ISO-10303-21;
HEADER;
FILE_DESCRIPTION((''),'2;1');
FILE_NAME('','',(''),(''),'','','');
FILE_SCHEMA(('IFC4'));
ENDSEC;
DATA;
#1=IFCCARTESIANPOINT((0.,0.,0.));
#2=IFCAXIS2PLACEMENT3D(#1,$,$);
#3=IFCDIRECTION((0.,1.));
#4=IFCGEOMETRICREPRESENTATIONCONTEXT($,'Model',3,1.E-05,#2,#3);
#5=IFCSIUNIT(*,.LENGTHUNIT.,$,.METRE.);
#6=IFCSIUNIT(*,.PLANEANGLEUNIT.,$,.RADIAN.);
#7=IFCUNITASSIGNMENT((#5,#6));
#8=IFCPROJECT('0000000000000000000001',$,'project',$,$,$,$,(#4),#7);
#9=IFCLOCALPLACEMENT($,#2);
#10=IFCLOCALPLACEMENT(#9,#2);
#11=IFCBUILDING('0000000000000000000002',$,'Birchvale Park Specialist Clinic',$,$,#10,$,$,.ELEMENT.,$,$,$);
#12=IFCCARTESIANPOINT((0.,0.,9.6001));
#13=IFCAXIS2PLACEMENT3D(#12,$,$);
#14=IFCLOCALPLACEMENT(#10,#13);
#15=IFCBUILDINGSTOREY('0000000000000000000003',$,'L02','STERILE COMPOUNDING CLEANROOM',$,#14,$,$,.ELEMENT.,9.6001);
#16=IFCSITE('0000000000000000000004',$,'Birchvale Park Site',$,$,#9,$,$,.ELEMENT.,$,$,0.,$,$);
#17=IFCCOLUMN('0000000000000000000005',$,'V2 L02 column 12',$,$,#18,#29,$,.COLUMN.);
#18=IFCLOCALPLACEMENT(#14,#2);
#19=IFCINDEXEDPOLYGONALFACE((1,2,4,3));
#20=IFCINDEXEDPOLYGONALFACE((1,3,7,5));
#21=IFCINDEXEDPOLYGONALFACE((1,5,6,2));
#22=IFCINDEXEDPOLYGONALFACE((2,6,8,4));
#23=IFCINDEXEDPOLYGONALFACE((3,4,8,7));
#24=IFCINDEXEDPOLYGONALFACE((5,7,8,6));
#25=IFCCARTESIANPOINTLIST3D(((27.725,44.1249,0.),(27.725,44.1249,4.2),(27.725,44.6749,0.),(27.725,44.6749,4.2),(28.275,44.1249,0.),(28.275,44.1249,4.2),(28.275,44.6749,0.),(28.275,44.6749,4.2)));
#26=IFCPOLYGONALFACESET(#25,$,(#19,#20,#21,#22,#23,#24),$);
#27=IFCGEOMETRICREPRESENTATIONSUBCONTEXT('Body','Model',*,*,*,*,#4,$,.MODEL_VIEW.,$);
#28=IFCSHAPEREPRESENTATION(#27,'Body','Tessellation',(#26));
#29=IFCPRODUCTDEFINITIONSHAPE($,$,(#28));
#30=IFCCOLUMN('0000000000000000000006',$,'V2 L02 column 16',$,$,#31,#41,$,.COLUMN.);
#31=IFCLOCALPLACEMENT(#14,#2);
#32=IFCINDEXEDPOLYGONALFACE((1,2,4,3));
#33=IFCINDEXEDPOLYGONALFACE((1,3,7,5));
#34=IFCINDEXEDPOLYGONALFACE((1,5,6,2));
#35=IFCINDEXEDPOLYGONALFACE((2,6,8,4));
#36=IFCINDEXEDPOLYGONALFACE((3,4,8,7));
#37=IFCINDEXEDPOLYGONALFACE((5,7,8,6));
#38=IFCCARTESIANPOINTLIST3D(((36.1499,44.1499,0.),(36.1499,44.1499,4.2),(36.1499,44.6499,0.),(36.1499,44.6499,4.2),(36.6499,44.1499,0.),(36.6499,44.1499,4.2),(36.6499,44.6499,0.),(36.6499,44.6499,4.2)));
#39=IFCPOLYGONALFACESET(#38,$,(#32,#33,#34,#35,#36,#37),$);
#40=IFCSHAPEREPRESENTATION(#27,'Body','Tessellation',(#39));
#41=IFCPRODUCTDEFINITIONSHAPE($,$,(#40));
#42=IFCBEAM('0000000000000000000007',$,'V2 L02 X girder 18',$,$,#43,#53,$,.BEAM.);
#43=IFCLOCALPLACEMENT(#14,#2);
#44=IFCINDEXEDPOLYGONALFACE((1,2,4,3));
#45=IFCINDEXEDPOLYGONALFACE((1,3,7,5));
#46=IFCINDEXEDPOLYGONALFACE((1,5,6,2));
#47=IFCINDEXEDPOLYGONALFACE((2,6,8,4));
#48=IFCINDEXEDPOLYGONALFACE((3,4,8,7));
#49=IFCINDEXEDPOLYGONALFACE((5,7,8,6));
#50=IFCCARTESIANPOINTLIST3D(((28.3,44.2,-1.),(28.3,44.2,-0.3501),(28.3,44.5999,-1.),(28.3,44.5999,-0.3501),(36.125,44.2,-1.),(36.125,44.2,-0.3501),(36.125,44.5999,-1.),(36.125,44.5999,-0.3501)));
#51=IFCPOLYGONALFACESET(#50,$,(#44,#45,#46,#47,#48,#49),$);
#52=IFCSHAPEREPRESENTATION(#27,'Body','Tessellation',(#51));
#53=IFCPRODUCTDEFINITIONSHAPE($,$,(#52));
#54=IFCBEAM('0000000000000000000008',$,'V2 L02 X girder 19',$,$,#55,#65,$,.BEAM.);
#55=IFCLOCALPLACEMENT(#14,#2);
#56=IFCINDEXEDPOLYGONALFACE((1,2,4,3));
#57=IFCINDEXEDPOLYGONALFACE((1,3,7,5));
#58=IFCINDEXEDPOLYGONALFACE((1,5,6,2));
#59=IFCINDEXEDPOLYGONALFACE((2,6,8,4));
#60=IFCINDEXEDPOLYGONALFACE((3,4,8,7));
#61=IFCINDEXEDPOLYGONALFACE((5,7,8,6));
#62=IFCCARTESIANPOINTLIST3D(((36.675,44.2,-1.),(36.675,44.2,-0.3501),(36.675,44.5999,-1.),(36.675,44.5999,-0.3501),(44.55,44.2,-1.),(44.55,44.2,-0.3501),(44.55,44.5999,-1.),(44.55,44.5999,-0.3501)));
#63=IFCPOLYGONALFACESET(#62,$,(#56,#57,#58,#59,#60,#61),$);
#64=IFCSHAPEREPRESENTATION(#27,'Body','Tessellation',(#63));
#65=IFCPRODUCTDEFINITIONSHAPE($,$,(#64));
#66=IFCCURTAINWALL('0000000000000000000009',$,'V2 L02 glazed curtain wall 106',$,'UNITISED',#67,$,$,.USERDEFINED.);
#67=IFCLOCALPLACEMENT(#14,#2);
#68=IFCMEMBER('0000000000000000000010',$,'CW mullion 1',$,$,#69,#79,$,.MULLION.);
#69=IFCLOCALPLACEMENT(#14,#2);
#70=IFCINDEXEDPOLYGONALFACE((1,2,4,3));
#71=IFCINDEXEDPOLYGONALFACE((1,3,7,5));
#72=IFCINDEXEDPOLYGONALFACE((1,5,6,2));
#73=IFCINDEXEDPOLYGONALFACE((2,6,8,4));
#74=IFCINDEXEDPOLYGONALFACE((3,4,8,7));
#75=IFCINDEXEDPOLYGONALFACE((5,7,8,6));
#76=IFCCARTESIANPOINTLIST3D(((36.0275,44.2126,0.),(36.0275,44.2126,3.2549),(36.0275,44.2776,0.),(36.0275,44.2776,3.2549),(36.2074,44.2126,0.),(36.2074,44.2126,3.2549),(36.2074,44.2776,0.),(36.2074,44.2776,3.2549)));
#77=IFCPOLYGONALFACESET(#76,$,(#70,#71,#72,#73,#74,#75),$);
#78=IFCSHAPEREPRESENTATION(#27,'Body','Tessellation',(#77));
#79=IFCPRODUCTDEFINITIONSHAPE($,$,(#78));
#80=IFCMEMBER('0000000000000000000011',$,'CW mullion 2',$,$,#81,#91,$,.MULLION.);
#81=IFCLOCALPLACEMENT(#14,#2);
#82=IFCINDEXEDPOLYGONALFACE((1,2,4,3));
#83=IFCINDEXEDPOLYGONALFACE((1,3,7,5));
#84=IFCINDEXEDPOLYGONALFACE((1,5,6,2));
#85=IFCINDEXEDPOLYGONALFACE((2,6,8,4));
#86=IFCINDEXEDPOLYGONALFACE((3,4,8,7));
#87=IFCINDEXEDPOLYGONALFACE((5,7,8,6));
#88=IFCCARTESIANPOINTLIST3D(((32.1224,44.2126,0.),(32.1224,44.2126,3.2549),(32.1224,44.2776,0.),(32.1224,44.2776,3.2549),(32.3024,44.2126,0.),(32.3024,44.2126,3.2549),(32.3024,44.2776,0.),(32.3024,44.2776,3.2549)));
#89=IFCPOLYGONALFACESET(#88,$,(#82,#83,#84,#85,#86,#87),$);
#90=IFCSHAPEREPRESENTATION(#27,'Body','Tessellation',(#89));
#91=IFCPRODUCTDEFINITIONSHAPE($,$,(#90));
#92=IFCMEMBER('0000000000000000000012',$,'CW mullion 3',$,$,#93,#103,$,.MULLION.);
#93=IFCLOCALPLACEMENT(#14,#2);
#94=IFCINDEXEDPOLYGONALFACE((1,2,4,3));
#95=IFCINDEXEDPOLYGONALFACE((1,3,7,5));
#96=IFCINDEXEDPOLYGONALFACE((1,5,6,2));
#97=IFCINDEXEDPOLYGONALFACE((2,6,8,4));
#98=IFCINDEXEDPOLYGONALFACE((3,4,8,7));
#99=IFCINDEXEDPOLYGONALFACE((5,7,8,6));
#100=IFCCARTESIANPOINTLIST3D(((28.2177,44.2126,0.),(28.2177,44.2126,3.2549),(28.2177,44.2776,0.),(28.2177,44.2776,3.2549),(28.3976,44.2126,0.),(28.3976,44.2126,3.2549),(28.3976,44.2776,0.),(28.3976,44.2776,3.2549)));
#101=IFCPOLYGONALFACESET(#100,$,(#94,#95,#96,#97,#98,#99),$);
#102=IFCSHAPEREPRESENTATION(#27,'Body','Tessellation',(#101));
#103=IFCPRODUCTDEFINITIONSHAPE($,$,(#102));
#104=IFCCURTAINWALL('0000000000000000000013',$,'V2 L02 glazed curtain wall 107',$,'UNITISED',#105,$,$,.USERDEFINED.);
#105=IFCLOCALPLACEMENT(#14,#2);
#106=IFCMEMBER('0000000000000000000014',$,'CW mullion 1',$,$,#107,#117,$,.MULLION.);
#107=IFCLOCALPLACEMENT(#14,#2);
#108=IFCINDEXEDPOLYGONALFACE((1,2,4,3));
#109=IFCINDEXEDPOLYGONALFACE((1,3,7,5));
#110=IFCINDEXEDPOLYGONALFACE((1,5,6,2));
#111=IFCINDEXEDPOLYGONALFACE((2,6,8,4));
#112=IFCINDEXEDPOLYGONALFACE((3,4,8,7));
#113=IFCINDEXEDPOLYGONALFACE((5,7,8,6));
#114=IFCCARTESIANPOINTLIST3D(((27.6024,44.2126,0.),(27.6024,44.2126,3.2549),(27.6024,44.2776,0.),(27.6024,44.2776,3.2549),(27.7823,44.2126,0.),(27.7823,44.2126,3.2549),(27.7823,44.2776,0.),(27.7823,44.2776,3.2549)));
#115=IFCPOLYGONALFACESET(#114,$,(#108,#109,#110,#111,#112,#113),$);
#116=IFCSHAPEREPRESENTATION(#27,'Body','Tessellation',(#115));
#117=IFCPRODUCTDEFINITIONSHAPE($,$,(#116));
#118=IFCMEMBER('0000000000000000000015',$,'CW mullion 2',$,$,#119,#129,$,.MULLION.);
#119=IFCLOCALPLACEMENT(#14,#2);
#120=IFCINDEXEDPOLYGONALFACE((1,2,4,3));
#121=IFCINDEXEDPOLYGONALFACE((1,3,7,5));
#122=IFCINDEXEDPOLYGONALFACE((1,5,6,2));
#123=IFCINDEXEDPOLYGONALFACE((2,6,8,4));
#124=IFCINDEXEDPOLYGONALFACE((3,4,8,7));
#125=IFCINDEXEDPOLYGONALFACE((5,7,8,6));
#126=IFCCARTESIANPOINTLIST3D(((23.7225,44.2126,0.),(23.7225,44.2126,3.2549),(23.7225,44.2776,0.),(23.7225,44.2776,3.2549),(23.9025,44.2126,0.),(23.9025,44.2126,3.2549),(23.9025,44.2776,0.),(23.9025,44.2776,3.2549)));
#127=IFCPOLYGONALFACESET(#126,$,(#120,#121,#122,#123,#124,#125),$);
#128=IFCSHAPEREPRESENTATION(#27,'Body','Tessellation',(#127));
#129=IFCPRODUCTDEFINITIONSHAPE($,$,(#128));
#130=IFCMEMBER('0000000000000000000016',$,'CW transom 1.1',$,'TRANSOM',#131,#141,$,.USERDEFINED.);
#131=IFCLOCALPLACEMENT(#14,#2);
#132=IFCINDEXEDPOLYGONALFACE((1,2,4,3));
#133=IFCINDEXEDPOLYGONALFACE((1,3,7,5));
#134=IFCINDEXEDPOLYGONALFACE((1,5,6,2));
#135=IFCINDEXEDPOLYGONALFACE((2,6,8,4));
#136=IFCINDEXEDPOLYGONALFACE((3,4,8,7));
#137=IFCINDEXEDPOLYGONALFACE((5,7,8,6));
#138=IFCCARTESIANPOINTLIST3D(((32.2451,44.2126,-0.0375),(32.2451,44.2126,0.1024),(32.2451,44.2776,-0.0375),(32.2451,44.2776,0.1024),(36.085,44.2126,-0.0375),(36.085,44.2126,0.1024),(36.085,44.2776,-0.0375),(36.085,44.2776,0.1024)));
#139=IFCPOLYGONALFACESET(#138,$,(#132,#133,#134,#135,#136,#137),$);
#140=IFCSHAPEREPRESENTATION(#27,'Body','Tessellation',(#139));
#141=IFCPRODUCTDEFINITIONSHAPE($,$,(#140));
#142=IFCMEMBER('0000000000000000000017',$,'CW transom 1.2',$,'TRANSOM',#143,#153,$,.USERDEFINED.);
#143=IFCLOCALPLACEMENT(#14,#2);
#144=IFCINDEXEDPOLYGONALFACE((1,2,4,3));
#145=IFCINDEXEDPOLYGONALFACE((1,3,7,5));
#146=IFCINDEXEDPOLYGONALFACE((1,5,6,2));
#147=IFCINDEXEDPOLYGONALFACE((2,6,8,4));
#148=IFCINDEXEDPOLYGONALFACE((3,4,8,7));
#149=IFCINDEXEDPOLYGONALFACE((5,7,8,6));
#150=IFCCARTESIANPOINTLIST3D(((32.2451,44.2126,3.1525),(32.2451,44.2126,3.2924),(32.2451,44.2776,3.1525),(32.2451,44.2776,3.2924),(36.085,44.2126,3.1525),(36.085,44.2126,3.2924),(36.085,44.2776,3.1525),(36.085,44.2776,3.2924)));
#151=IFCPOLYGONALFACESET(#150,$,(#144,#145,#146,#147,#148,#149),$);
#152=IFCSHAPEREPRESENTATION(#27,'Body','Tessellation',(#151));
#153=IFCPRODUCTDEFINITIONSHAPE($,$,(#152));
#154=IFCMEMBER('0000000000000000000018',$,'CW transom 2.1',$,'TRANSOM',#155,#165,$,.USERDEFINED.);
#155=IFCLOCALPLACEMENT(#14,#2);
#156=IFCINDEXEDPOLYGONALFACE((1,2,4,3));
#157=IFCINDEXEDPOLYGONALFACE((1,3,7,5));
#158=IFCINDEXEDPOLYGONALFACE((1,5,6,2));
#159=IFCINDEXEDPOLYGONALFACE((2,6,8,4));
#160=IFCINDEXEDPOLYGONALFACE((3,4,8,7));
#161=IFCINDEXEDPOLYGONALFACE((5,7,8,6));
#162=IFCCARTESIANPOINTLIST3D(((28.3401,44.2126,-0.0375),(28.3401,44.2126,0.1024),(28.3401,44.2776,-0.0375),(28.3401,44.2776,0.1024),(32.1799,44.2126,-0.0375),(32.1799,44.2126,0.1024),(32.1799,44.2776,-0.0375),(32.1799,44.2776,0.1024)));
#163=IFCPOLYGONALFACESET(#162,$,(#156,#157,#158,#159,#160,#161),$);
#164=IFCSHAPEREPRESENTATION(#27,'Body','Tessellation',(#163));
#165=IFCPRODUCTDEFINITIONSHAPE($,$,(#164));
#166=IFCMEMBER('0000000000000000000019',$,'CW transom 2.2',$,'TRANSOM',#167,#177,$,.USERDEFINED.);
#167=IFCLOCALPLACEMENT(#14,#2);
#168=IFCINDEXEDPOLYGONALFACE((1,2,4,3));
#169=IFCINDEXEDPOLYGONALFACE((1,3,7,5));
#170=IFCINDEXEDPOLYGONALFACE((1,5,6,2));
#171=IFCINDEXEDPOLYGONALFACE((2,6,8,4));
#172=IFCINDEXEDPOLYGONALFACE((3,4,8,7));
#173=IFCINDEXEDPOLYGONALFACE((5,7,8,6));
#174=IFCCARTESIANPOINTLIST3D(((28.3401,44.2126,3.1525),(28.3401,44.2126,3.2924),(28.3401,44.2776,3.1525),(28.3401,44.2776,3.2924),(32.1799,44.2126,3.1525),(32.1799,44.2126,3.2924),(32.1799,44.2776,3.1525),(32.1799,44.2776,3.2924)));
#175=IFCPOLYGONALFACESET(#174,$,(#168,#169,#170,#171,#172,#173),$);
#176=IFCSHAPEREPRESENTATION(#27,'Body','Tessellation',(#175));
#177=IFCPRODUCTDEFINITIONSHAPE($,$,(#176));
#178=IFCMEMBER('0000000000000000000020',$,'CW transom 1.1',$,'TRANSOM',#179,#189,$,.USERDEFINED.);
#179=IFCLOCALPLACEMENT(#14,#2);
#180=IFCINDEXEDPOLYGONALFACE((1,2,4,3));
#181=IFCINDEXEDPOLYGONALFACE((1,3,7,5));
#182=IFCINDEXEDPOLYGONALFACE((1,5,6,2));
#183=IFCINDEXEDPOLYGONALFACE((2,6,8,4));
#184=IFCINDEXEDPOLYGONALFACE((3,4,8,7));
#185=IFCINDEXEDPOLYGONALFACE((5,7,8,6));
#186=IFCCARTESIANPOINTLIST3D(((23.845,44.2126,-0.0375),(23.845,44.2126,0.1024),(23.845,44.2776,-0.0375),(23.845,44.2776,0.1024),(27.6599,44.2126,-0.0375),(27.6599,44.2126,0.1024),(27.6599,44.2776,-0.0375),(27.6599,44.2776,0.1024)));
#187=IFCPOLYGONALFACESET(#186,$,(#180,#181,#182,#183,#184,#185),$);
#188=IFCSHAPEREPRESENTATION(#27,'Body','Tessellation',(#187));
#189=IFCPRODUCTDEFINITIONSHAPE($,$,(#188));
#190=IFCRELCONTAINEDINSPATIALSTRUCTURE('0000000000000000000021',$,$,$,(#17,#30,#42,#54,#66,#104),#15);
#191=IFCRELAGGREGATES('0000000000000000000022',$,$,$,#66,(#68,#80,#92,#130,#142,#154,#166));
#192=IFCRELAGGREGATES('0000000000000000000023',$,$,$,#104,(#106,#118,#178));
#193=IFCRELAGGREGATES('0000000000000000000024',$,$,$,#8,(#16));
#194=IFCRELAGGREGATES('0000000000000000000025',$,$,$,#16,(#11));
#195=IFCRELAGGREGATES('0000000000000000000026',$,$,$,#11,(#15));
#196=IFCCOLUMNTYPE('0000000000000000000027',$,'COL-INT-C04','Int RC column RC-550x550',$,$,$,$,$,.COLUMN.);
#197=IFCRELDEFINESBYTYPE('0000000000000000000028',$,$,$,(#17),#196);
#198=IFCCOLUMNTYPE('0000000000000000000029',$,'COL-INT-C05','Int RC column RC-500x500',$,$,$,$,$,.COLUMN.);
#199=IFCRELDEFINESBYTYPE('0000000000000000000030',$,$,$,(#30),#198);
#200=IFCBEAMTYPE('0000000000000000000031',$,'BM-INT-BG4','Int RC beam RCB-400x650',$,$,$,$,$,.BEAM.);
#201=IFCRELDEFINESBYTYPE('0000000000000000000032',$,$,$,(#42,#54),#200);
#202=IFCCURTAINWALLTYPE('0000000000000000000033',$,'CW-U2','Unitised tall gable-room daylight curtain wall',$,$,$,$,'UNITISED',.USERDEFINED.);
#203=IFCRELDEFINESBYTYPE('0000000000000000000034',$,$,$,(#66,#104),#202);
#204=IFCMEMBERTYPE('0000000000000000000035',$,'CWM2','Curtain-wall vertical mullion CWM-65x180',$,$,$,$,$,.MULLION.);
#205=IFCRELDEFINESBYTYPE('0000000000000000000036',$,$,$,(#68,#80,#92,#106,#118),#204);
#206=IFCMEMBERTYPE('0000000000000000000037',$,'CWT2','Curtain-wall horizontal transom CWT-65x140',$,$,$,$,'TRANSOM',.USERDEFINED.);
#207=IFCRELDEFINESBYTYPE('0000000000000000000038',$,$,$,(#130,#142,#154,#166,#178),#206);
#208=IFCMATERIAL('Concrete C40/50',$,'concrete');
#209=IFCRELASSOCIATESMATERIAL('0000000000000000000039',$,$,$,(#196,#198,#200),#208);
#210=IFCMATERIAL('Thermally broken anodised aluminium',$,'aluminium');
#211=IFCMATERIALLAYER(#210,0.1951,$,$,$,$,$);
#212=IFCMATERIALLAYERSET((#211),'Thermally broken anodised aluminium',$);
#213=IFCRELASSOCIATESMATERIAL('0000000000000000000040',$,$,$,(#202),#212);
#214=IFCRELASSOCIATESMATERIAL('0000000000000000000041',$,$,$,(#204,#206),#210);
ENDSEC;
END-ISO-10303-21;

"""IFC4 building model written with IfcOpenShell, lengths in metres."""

from ifc_helpers import new_model, si_unit, direction, frame, origin, origin_2d, place, context, subcontext, project, spatial, rectangle, extrude, material, layer, layer_set, material_profile, profile_set, type_object, element, aggregate, save


model = new_model("IFC4")

# Units and contexts
model_context = context("Model", 3, precision=1e-05, world=origin(), true_north=direction((0.0, 1.0)))
body_context = subcontext(model_context, "Body", "Model", "MODEL_VIEW")
ifc_project = project(units=[si_unit("LENGTHUNIT", "METRE"), si_unit("PLANEANGLEUNIT", "RADIAN")], contexts=[model_context])

# Site, building, storey
site_placement = place(None, origin())
site = spatial("IfcSite", under=ifc_project, at=site_placement, Name="Birchvale Park Site", CompositionType="ELEMENT", RefElevation=0.0)
building_placement = place(site_placement, origin())
building = spatial("IfcBuilding", under=site, at=building_placement, Name="Birchvale Park Specialist Clinic", CompositionType="ELEMENT")
storey_placement = place(building_placement, frame((0.0, 0.0, 9.6001)))
storey = spatial("IfcBuildingStorey", under=building, at=storey_placement, Name="L02", Description="STERILE COMPOUNDING CLEANROOM", CompositionType="ELEMENT", Elevation=9.6001)

# Columns
ifc_material_1 = material(Name="Concrete C40/50", Category="concrete")
ifc_material_profile_1 = material_profile(ifc_material_1, rectangle(XDim=0.55, YDim=0.55, at=origin_2d()), Name="RC-550x550")
ifc_profile_set_1 = profile_set([ifc_material_profile_1], Name="Concrete C40/50")
column_type_1 = type_object("IfcColumnType", Name="COL-INT-C04", Description="Int RC column RC-550x550", PredefinedType="COLUMN", material=ifc_profile_set_1)
column_1_placement = place(storey_placement, frame((28.0, 44.3999, 0.0), z_axis=(0.0, 0.0, 1.0), x_axis=(1.0, 0.0, 0.0)))
element("IfcColumn", 1, at=column_1_placement, inside=storey, type_object=column_type_1, Name="V2 L02 column 12", PredefinedType="COLUMN", context=body_context, shape_type="SweptSolid", body=[
    extrude(rectangle(XDim=0.55, YDim=0.55, at=origin_2d()), origin(), (0.0, 0.0, 1.0), 4.2),
])
ifc_material_profile_2 = material_profile(ifc_material_1, rectangle(XDim=0.5, YDim=0.5, at=origin_2d()), Name="RC-500x500")
ifc_profile_set_2 = profile_set([ifc_material_profile_2], Name="Concrete C40/50")
column_type_2 = type_object("IfcColumnType", Name="COL-INT-C05", Description="Int RC column RC-500x500", PredefinedType="COLUMN", material=ifc_profile_set_2)
column_2_placement = place(storey_placement, frame((36.3999, 44.3999, 0.0), z_axis=(0.0, 0.0, 1.0), x_axis=(1.0, 0.0, 0.0)))
element("IfcColumn", 2, at=column_2_placement, inside=storey, type_object=column_type_2, Name="V2 L02 column 16", PredefinedType="COLUMN", context=body_context, shape_type="SweptSolid", body=[
    extrude(rectangle(XDim=0.5, YDim=0.5, at=origin_2d()), origin(), (0.0, 0.0, 1.0), 4.2),
])

# Beams
ifc_material_profile_3 = material_profile(ifc_material_1, rectangle(XDim=0.3999, YDim=0.6499, at=origin_2d()), Name="RCB-400x650")
ifc_profile_set_3 = profile_set([ifc_material_profile_3], Name="Concrete C40/50")
beam_type = type_object("IfcBeamType", Name="BM-INT-BG4", Description="Int RC beam RCB-400x650", PredefinedType="BEAM", material=ifc_profile_set_3)
beam_1_placement = place(storey_placement, frame((28.3, 44.3999, -0.675), z_axis=(1.0, 0.0, 0.0), x_axis=(0.0, 1.0, 0.0)))
element("IfcBeam", 3, at=beam_1_placement, inside=storey, type_object=beam_type, Name="V2 L02 X girder 18", PredefinedType="BEAM", context=body_context, shape_type="SweptSolid", body=[
    extrude(rectangle(XDim=0.3999, YDim=0.6499, at=origin_2d()), origin(), (0.0, 0.0, 1.0), 7.825),
])
beam_2_placement = place(storey_placement, frame((36.675, 44.3999, -0.675), z_axis=(1.0, 0.0, 0.0), x_axis=(0.0, 1.0, 0.0)))
element("IfcBeam", 4, at=beam_2_placement, inside=storey, type_object=beam_type, Name="V2 L02 X girder 19", PredefinedType="BEAM", context=body_context, shape_type="SweptSolid", body=[
    extrude(rectangle(XDim=0.3999, YDim=0.6499, at=origin_2d()), origin(), (0.0, 0.0, 1.0), 7.875),
])

# Curtain walls, members
ifc_material_2 = material(Name="Thermally broken anodised aluminium", Category="aluminium")
ifc_layer_1 = layer(ifc_material_2, 0.1951)
ifc_layer_set_1 = layer_set([ifc_layer_1], Name="Thermally broken anodised aluminium")
curtain_wall_type = type_object("IfcCurtainWallType", Name="CW-U2", Description="Unitised tall gable-room daylight curtain wall", ElementType="UNITISED", PredefinedType="USERDEFINED", material=ifc_layer_set_1)
curtain_wall_1_placement = place(storey_placement, origin())
curtain_wall_1 = element("IfcCurtainWall", 5, at=curtain_wall_1_placement, inside=storey, type_object=curtain_wall_type, Name="V2 L02 glazed curtain wall 106", ObjectType="UNITISED", PredefinedType="USERDEFINED")
ifc_material_profile_4 = material_profile(ifc_material_2, rectangle(XDim=0.0649, YDim=0.1799, at=origin_2d()), Name="CWM-65x180")
ifc_profile_set_4 = profile_set([ifc_material_profile_4], Name="Thermally broken anodised aluminium")
member_type_1 = type_object("IfcMemberType", Name="CWM2", Description="Curtain-wall vertical mullion CWM-65x180", PredefinedType="MULLION", material=ifc_profile_set_4)
member_1_placement = place(storey_placement, frame((36.1174, 44.2451, 0.0), z_axis=(0.0, 0.0, 1.0), x_axis=(0.0, -1.0, 0.0)))
member_1 = element("IfcMember", 6, at=member_1_placement, type_object=member_type_1, Name="CW mullion 1", PredefinedType="MULLION", context=body_context, shape_type="SweptSolid", body=[
    extrude(rectangle(XDim=0.0649, YDim=0.1799, at=origin_2d()), origin(), (0.0, 0.0, 1.0), 3.2549),
])
member_2_placement = place(storey_placement, frame((32.2124, 44.2451, 0.0), z_axis=(0.0, 0.0, 1.0), x_axis=(0.0, -1.0, 0.0)))
member_2 = element("IfcMember", 7, at=member_2_placement, type_object=member_type_1, Name="CW mullion 2", PredefinedType="MULLION", context=body_context, shape_type="SweptSolid", body=[
    extrude(rectangle(XDim=0.0649, YDim=0.1799, at=origin_2d()), origin(), (0.0, 0.0, 1.0), 3.2549),
])
member_3_placement = place(storey_placement, frame((28.3076, 44.2451, 0.0), z_axis=(0.0, 0.0, 1.0), x_axis=(0.0, -1.0, 0.0)))
member_3 = element("IfcMember", 8, at=member_3_placement, type_object=member_type_1, Name="CW mullion 3", PredefinedType="MULLION", context=body_context, shape_type="SweptSolid", body=[
    extrude(rectangle(XDim=0.0649, YDim=0.1799, at=origin_2d()), origin(), (0.0, 0.0, 1.0), 3.2549),
])
curtain_wall_2_placement = place(storey_placement, origin())
curtain_wall_2 = element("IfcCurtainWall", 9, at=curtain_wall_2_placement, inside=storey, type_object=curtain_wall_type, Name="V2 L02 glazed curtain wall 107", ObjectType="UNITISED", PredefinedType="USERDEFINED")
member_4_placement = place(storey_placement, frame((27.6924, 44.2451, 0.0), z_axis=(0.0, 0.0, 1.0), x_axis=(0.0, -1.0, 0.0)))
member_4 = element("IfcMember", 10, at=member_4_placement, type_object=member_type_1, Name="CW mullion 1", PredefinedType="MULLION", context=body_context, shape_type="SweptSolid", body=[
    extrude(rectangle(XDim=0.0649, YDim=0.1799, at=origin_2d()), origin(), (0.0, 0.0, 1.0), 3.2549),
])
member_5_placement = place(storey_placement, frame((23.8125, 44.2451, 0.0), z_axis=(0.0, 0.0, 1.0), x_axis=(0.0, -1.0, 0.0)))
member_5 = element("IfcMember", 11, at=member_5_placement, type_object=member_type_1, Name="CW mullion 2", PredefinedType="MULLION", context=body_context, shape_type="SweptSolid", body=[
    extrude(rectangle(XDim=0.0649, YDim=0.1799, at=origin_2d()), origin(), (0.0, 0.0, 1.0), 3.2549),
])

# Members
ifc_material_profile_5 = material_profile(ifc_material_2, rectangle(XDim=0.0649, YDim=0.1399, at=origin_2d()), Name="CWT-65x140")
ifc_profile_set_5 = profile_set([ifc_material_profile_5], Name="Thermally broken anodised aluminium")
member_type_2 = type_object("IfcMemberType", Name="CWT2", Description="Curtain-wall horizontal transom CWT-65x140", ElementType="TRANSOM", PredefinedType="USERDEFINED", material=ifc_profile_set_5)
member_6_placement = place(storey_placement, frame((36.085, 44.2451, 0.0325), z_axis=(-1.0, 0.0, 0.0), x_axis=(0.0, -1.0, 0.0)))
member_6 = element("IfcMember", 12, at=member_6_placement, type_object=member_type_2, Name="CW transom 1.1", ObjectType="TRANSOM", PredefinedType="USERDEFINED", context=body_context, shape_type="SweptSolid", body=[
    extrude(rectangle(XDim=0.0649, YDim=0.1399, at=origin_2d()), origin(), (0.0, 0.0, 1.0), 3.8398),
])
member_7_placement = place(storey_placement, frame((36.085, 44.2451, 3.2224), z_axis=(-1.0, 0.0, 0.0), x_axis=(0.0, -1.0, 0.0)))
member_7 = element("IfcMember", 13, at=member_7_placement, type_object=member_type_2, Name="CW transom 1.2", ObjectType="TRANSOM", PredefinedType="USERDEFINED", context=body_context, shape_type="SweptSolid", body=[
    extrude(rectangle(XDim=0.0649, YDim=0.1399, at=origin_2d()), origin(), (0.0, 0.0, 1.0), 3.8398),
])
member_8_placement = place(storey_placement, frame((32.1799, 44.2451, 0.0325), z_axis=(-1.0, 0.0, 0.0), x_axis=(0.0, -1.0, 0.0)))
member_8 = element("IfcMember", 14, at=member_8_placement, type_object=member_type_2, Name="CW transom 2.1", ObjectType="TRANSOM", PredefinedType="USERDEFINED", context=body_context, shape_type="SweptSolid", body=[
    extrude(rectangle(XDim=0.0649, YDim=0.1399, at=origin_2d()), origin(), (0.0, 0.0, 1.0), 3.8398),
])
member_9_placement = place(storey_placement, frame((32.1799, 44.2451, 3.2224), z_axis=(-1.0, 0.0, 0.0), x_axis=(0.0, -1.0, 0.0)))
member_9 = element("IfcMember", 15, at=member_9_placement, type_object=member_type_2, Name="CW transom 2.2", ObjectType="TRANSOM", PredefinedType="USERDEFINED", context=body_context, shape_type="SweptSolid", body=[
    extrude(rectangle(XDim=0.0649, YDim=0.1399, at=origin_2d()), origin(), (0.0, 0.0, 1.0), 3.8398),
])
member_10_placement = place(storey_placement, frame((27.6599, 44.2451, 0.0325), z_axis=(-1.0, 0.0, 0.0), x_axis=(0.0, -1.0, 0.0)))
member_10 = element("IfcMember", 16, at=member_10_placement, type_object=member_type_2, Name="CW transom 1.1", ObjectType="TRANSOM", PredefinedType="USERDEFINED", context=body_context, shape_type="SweptSolid", body=[
    extrude(rectangle(XDim=0.0649, YDim=0.1399, at=origin_2d()), origin(), (0.0, 0.0, 1.0), 3.8149),
])

aggregate(curtain_wall_1, [member_1, member_2, member_3, member_6, member_7, member_8, member_9])
aggregate(curtain_wall_2, [member_4, member_5, member_10])

save(model, "model.ifc")
